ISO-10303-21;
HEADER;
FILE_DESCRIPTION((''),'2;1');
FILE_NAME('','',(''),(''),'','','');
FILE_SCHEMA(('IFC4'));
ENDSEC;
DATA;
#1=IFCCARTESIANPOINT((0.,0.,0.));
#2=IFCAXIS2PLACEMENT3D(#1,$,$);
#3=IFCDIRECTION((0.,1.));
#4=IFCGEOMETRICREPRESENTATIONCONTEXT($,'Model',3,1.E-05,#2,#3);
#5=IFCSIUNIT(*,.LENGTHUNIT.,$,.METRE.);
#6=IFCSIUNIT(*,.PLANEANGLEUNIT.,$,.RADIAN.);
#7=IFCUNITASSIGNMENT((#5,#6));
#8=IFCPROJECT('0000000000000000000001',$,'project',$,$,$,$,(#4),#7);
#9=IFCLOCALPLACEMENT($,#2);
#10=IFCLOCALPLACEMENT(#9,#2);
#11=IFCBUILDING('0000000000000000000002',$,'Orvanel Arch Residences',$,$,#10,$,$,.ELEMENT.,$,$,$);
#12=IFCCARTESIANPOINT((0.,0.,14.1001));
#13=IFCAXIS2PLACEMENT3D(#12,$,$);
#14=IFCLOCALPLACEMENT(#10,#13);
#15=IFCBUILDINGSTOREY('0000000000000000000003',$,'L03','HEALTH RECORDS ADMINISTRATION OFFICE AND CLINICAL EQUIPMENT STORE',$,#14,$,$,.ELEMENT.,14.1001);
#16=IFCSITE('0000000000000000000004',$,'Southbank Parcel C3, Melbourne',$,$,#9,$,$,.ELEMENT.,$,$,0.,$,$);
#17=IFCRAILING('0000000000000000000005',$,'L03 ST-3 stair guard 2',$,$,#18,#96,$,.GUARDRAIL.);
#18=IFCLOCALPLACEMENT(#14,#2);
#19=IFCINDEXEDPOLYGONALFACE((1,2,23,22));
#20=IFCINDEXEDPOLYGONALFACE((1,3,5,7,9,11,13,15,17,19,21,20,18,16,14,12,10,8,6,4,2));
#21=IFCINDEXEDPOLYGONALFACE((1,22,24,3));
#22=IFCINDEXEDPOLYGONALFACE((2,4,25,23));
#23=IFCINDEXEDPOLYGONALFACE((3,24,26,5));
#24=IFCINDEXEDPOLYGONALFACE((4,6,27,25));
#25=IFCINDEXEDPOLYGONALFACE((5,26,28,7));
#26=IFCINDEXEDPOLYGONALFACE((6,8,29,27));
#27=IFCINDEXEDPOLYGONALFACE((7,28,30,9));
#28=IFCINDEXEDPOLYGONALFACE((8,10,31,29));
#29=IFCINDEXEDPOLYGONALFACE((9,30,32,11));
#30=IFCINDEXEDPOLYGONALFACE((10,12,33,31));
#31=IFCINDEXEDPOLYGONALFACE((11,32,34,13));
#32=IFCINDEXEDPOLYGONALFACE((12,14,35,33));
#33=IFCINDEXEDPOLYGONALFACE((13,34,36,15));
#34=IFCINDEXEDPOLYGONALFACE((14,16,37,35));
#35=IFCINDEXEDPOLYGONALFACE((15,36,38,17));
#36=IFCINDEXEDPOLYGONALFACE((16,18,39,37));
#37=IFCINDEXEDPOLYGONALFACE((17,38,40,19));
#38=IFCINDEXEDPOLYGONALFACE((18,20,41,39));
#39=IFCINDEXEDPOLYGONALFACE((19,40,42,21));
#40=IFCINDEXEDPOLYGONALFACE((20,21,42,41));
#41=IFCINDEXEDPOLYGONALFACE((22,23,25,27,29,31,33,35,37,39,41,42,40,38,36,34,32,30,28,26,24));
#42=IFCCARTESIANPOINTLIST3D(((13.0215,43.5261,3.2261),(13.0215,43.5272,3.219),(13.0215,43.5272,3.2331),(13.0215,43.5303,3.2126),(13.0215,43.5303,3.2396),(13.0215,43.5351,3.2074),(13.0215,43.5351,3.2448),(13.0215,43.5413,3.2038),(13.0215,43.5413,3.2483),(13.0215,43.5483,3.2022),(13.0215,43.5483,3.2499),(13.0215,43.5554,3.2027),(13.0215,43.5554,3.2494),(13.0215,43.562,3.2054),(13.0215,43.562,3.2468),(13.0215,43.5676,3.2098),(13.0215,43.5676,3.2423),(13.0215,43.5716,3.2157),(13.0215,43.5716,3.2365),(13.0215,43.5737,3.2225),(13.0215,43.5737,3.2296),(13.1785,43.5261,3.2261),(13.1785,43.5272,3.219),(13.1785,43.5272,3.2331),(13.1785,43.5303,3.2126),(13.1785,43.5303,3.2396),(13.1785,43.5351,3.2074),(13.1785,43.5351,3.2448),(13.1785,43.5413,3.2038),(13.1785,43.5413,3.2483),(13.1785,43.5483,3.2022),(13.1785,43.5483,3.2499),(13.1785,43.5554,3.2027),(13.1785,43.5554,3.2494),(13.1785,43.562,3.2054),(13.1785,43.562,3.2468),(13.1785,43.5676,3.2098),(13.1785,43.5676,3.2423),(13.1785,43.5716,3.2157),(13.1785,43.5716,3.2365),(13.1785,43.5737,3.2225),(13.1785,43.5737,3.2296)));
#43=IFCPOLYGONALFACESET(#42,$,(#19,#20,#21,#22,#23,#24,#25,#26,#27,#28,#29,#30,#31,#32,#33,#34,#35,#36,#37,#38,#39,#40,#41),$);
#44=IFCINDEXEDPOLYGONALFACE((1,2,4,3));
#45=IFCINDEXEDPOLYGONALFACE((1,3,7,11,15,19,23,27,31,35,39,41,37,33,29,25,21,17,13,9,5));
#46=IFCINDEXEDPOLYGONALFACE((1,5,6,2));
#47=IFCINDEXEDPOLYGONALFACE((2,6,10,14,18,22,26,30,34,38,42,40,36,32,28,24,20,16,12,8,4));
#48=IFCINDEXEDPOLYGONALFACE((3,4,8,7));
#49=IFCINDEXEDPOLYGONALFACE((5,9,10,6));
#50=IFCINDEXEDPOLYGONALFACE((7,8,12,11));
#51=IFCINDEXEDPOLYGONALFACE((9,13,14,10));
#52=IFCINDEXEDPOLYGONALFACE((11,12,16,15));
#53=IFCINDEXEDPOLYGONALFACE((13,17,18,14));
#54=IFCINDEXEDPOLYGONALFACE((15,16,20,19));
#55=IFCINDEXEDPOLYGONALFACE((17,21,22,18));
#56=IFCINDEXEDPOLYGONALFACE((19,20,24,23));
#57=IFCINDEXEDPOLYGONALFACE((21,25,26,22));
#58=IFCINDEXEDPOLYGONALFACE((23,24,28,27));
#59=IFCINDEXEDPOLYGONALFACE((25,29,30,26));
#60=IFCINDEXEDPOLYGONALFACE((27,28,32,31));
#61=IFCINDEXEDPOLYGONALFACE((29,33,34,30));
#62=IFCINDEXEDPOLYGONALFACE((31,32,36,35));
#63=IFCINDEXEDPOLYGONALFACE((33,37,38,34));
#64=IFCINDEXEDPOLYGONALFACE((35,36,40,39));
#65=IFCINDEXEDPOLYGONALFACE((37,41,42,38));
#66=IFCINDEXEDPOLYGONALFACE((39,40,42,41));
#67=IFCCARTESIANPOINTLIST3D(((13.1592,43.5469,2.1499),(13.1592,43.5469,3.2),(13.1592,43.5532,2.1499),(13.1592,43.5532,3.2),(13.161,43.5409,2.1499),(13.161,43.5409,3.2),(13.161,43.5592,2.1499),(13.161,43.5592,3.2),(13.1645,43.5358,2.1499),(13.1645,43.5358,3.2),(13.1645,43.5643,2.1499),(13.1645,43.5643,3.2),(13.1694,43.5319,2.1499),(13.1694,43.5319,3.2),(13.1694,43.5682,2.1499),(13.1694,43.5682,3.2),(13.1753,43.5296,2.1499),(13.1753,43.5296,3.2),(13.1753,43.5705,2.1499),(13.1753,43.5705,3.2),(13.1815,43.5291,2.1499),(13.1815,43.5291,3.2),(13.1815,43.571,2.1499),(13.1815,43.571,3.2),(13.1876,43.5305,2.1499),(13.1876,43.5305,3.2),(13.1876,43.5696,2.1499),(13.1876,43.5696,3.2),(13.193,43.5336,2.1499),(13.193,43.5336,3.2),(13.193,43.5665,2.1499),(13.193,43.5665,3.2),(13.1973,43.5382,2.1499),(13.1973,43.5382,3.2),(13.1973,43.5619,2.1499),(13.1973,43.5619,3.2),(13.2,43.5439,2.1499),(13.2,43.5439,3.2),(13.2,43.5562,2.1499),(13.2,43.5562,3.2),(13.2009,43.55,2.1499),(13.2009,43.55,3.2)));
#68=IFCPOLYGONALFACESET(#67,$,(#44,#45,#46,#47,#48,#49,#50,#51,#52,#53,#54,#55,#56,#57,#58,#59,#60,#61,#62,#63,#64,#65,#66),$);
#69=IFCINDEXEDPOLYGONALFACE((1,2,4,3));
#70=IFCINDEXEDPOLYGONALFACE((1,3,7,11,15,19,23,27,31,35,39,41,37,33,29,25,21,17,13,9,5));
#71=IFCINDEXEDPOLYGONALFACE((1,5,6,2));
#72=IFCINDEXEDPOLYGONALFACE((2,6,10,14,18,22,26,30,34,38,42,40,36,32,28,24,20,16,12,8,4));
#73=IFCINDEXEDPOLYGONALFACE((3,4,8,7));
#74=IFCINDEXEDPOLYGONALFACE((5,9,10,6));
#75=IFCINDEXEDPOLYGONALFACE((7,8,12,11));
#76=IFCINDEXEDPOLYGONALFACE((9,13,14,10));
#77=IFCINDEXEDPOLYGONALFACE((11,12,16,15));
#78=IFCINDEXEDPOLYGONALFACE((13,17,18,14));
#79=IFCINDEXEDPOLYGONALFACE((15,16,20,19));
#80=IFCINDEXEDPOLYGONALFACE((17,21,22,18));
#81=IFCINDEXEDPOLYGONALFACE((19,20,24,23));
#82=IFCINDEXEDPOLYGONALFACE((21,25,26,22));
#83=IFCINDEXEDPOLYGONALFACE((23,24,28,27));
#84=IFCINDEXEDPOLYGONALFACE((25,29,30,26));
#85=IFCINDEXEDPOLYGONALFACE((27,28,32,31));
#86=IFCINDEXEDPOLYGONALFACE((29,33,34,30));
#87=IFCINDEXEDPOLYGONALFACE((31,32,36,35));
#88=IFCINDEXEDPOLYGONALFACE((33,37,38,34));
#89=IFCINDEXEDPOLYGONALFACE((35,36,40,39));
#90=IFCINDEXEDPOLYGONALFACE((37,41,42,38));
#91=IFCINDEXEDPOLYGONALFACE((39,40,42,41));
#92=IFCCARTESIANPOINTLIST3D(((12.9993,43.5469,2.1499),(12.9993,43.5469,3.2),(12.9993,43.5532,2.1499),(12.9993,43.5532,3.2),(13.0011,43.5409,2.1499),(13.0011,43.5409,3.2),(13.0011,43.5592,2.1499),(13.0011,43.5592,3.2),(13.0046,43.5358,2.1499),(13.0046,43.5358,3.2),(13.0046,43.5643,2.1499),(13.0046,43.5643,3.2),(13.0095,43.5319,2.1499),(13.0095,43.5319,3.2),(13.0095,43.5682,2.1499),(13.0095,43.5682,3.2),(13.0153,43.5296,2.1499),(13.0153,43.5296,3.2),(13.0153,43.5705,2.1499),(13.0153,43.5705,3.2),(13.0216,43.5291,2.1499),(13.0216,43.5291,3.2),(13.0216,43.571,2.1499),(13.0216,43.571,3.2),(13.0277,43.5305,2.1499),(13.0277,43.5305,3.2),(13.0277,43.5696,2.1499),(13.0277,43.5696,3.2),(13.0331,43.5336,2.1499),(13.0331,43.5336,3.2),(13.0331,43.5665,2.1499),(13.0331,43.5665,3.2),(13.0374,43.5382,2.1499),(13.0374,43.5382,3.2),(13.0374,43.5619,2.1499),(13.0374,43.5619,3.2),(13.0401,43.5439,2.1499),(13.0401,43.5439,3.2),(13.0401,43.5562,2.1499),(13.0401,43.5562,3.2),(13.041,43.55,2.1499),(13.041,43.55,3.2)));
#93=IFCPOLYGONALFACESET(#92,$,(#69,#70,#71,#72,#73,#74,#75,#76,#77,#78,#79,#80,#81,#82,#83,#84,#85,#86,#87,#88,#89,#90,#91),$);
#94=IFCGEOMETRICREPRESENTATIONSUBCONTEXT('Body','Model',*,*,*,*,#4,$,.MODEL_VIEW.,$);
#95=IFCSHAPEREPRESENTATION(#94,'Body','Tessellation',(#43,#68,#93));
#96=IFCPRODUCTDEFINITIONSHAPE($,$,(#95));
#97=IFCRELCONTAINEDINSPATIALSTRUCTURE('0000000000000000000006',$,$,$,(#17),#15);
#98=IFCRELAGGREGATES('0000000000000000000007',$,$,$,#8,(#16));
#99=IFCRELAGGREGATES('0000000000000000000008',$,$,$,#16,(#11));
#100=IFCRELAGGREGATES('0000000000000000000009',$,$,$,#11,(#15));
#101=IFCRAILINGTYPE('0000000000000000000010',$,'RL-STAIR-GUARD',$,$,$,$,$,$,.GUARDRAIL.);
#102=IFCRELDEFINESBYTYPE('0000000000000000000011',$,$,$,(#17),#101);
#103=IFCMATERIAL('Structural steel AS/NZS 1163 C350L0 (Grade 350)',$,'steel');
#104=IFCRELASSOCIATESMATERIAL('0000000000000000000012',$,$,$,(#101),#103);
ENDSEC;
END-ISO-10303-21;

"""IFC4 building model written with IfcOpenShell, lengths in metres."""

from ifc_helpers import new_model, si_unit, direction, frame, origin, origin_2d, place, context, subcontext, project, spatial, circle, extrude, material, type_object, element, save


model = new_model("IFC4")

# Units and contexts
model_context = context("Model", 3, precision=1e-05, world=origin(), true_north=direction((0.0, 1.0)))
body_context = subcontext(model_context, "Body", "Model", "MODEL_VIEW")
ifc_project = project(units=[si_unit("LENGTHUNIT", "METRE"), si_unit("PLANEANGLEUNIT", "RADIAN")], contexts=[model_context])

# Site, building, storey
site_placement = place(None, origin())
site = spatial("IfcSite", under=ifc_project, at=site_placement, Name="Southbank Parcel C3, Melbourne", CompositionType="ELEMENT", RefElevation=0.0)
building_placement = place(site_placement, origin())
building = spatial("IfcBuilding", under=site, at=building_placement, Name="Orvanel Arch Residences", CompositionType="ELEMENT")
storey_placement = place(building_placement, frame((0.0, 0.0, 14.1001)))
storey = spatial("IfcBuildingStorey", under=building, at=storey_placement, Name="L03", Description="HEALTH RECORDS ADMINISTRATION OFFICE AND CLINICAL EQUIPMENT STORE", CompositionType="ELEMENT", Elevation=14.1001)

# Railing
ifc_material_1 = material(Name="Structural steel AS/NZS 1163 C350L0 (Grade 350)", Category="steel")
railing_type_1 = type_object("IfcRailingType", Name="RL-STAIR-GUARD", PredefinedType="GUARDRAIL", material=ifc_material_1)
railing_1_placement = place(storey_placement, frame((13.1799, 43.55, 2.1499)))
element("IfcRailing", 1, at=railing_1_placement, inside=storey, type_object=railing_type_1, Name="L03 ST-3 stair guard 2", PredefinedType="GUARDRAIL", context=body_context, shape_type="SweptSolid", body=[
    extrude(circle(Radius=0.0239, at=origin_2d()), frame((-0.0015, 0.0, 1.0762), z_axis=(-1.0, 0.0, 0.0), x_axis=(0.0, -1.0, 0.0)), (0.0, 0.0, 1.0), 0.157),
    extrude(circle(Radius=0.021, at=origin_2d()), origin(), (0.0, 0.0, 1.0), 1.05),
    extrude(circle(Radius=0.021, at=origin_2d()), frame((-0.1599, 0.0, 0.0)), (0.0, 0.0, 1.0), 1.05),
])

save(model, "model.ifc")
